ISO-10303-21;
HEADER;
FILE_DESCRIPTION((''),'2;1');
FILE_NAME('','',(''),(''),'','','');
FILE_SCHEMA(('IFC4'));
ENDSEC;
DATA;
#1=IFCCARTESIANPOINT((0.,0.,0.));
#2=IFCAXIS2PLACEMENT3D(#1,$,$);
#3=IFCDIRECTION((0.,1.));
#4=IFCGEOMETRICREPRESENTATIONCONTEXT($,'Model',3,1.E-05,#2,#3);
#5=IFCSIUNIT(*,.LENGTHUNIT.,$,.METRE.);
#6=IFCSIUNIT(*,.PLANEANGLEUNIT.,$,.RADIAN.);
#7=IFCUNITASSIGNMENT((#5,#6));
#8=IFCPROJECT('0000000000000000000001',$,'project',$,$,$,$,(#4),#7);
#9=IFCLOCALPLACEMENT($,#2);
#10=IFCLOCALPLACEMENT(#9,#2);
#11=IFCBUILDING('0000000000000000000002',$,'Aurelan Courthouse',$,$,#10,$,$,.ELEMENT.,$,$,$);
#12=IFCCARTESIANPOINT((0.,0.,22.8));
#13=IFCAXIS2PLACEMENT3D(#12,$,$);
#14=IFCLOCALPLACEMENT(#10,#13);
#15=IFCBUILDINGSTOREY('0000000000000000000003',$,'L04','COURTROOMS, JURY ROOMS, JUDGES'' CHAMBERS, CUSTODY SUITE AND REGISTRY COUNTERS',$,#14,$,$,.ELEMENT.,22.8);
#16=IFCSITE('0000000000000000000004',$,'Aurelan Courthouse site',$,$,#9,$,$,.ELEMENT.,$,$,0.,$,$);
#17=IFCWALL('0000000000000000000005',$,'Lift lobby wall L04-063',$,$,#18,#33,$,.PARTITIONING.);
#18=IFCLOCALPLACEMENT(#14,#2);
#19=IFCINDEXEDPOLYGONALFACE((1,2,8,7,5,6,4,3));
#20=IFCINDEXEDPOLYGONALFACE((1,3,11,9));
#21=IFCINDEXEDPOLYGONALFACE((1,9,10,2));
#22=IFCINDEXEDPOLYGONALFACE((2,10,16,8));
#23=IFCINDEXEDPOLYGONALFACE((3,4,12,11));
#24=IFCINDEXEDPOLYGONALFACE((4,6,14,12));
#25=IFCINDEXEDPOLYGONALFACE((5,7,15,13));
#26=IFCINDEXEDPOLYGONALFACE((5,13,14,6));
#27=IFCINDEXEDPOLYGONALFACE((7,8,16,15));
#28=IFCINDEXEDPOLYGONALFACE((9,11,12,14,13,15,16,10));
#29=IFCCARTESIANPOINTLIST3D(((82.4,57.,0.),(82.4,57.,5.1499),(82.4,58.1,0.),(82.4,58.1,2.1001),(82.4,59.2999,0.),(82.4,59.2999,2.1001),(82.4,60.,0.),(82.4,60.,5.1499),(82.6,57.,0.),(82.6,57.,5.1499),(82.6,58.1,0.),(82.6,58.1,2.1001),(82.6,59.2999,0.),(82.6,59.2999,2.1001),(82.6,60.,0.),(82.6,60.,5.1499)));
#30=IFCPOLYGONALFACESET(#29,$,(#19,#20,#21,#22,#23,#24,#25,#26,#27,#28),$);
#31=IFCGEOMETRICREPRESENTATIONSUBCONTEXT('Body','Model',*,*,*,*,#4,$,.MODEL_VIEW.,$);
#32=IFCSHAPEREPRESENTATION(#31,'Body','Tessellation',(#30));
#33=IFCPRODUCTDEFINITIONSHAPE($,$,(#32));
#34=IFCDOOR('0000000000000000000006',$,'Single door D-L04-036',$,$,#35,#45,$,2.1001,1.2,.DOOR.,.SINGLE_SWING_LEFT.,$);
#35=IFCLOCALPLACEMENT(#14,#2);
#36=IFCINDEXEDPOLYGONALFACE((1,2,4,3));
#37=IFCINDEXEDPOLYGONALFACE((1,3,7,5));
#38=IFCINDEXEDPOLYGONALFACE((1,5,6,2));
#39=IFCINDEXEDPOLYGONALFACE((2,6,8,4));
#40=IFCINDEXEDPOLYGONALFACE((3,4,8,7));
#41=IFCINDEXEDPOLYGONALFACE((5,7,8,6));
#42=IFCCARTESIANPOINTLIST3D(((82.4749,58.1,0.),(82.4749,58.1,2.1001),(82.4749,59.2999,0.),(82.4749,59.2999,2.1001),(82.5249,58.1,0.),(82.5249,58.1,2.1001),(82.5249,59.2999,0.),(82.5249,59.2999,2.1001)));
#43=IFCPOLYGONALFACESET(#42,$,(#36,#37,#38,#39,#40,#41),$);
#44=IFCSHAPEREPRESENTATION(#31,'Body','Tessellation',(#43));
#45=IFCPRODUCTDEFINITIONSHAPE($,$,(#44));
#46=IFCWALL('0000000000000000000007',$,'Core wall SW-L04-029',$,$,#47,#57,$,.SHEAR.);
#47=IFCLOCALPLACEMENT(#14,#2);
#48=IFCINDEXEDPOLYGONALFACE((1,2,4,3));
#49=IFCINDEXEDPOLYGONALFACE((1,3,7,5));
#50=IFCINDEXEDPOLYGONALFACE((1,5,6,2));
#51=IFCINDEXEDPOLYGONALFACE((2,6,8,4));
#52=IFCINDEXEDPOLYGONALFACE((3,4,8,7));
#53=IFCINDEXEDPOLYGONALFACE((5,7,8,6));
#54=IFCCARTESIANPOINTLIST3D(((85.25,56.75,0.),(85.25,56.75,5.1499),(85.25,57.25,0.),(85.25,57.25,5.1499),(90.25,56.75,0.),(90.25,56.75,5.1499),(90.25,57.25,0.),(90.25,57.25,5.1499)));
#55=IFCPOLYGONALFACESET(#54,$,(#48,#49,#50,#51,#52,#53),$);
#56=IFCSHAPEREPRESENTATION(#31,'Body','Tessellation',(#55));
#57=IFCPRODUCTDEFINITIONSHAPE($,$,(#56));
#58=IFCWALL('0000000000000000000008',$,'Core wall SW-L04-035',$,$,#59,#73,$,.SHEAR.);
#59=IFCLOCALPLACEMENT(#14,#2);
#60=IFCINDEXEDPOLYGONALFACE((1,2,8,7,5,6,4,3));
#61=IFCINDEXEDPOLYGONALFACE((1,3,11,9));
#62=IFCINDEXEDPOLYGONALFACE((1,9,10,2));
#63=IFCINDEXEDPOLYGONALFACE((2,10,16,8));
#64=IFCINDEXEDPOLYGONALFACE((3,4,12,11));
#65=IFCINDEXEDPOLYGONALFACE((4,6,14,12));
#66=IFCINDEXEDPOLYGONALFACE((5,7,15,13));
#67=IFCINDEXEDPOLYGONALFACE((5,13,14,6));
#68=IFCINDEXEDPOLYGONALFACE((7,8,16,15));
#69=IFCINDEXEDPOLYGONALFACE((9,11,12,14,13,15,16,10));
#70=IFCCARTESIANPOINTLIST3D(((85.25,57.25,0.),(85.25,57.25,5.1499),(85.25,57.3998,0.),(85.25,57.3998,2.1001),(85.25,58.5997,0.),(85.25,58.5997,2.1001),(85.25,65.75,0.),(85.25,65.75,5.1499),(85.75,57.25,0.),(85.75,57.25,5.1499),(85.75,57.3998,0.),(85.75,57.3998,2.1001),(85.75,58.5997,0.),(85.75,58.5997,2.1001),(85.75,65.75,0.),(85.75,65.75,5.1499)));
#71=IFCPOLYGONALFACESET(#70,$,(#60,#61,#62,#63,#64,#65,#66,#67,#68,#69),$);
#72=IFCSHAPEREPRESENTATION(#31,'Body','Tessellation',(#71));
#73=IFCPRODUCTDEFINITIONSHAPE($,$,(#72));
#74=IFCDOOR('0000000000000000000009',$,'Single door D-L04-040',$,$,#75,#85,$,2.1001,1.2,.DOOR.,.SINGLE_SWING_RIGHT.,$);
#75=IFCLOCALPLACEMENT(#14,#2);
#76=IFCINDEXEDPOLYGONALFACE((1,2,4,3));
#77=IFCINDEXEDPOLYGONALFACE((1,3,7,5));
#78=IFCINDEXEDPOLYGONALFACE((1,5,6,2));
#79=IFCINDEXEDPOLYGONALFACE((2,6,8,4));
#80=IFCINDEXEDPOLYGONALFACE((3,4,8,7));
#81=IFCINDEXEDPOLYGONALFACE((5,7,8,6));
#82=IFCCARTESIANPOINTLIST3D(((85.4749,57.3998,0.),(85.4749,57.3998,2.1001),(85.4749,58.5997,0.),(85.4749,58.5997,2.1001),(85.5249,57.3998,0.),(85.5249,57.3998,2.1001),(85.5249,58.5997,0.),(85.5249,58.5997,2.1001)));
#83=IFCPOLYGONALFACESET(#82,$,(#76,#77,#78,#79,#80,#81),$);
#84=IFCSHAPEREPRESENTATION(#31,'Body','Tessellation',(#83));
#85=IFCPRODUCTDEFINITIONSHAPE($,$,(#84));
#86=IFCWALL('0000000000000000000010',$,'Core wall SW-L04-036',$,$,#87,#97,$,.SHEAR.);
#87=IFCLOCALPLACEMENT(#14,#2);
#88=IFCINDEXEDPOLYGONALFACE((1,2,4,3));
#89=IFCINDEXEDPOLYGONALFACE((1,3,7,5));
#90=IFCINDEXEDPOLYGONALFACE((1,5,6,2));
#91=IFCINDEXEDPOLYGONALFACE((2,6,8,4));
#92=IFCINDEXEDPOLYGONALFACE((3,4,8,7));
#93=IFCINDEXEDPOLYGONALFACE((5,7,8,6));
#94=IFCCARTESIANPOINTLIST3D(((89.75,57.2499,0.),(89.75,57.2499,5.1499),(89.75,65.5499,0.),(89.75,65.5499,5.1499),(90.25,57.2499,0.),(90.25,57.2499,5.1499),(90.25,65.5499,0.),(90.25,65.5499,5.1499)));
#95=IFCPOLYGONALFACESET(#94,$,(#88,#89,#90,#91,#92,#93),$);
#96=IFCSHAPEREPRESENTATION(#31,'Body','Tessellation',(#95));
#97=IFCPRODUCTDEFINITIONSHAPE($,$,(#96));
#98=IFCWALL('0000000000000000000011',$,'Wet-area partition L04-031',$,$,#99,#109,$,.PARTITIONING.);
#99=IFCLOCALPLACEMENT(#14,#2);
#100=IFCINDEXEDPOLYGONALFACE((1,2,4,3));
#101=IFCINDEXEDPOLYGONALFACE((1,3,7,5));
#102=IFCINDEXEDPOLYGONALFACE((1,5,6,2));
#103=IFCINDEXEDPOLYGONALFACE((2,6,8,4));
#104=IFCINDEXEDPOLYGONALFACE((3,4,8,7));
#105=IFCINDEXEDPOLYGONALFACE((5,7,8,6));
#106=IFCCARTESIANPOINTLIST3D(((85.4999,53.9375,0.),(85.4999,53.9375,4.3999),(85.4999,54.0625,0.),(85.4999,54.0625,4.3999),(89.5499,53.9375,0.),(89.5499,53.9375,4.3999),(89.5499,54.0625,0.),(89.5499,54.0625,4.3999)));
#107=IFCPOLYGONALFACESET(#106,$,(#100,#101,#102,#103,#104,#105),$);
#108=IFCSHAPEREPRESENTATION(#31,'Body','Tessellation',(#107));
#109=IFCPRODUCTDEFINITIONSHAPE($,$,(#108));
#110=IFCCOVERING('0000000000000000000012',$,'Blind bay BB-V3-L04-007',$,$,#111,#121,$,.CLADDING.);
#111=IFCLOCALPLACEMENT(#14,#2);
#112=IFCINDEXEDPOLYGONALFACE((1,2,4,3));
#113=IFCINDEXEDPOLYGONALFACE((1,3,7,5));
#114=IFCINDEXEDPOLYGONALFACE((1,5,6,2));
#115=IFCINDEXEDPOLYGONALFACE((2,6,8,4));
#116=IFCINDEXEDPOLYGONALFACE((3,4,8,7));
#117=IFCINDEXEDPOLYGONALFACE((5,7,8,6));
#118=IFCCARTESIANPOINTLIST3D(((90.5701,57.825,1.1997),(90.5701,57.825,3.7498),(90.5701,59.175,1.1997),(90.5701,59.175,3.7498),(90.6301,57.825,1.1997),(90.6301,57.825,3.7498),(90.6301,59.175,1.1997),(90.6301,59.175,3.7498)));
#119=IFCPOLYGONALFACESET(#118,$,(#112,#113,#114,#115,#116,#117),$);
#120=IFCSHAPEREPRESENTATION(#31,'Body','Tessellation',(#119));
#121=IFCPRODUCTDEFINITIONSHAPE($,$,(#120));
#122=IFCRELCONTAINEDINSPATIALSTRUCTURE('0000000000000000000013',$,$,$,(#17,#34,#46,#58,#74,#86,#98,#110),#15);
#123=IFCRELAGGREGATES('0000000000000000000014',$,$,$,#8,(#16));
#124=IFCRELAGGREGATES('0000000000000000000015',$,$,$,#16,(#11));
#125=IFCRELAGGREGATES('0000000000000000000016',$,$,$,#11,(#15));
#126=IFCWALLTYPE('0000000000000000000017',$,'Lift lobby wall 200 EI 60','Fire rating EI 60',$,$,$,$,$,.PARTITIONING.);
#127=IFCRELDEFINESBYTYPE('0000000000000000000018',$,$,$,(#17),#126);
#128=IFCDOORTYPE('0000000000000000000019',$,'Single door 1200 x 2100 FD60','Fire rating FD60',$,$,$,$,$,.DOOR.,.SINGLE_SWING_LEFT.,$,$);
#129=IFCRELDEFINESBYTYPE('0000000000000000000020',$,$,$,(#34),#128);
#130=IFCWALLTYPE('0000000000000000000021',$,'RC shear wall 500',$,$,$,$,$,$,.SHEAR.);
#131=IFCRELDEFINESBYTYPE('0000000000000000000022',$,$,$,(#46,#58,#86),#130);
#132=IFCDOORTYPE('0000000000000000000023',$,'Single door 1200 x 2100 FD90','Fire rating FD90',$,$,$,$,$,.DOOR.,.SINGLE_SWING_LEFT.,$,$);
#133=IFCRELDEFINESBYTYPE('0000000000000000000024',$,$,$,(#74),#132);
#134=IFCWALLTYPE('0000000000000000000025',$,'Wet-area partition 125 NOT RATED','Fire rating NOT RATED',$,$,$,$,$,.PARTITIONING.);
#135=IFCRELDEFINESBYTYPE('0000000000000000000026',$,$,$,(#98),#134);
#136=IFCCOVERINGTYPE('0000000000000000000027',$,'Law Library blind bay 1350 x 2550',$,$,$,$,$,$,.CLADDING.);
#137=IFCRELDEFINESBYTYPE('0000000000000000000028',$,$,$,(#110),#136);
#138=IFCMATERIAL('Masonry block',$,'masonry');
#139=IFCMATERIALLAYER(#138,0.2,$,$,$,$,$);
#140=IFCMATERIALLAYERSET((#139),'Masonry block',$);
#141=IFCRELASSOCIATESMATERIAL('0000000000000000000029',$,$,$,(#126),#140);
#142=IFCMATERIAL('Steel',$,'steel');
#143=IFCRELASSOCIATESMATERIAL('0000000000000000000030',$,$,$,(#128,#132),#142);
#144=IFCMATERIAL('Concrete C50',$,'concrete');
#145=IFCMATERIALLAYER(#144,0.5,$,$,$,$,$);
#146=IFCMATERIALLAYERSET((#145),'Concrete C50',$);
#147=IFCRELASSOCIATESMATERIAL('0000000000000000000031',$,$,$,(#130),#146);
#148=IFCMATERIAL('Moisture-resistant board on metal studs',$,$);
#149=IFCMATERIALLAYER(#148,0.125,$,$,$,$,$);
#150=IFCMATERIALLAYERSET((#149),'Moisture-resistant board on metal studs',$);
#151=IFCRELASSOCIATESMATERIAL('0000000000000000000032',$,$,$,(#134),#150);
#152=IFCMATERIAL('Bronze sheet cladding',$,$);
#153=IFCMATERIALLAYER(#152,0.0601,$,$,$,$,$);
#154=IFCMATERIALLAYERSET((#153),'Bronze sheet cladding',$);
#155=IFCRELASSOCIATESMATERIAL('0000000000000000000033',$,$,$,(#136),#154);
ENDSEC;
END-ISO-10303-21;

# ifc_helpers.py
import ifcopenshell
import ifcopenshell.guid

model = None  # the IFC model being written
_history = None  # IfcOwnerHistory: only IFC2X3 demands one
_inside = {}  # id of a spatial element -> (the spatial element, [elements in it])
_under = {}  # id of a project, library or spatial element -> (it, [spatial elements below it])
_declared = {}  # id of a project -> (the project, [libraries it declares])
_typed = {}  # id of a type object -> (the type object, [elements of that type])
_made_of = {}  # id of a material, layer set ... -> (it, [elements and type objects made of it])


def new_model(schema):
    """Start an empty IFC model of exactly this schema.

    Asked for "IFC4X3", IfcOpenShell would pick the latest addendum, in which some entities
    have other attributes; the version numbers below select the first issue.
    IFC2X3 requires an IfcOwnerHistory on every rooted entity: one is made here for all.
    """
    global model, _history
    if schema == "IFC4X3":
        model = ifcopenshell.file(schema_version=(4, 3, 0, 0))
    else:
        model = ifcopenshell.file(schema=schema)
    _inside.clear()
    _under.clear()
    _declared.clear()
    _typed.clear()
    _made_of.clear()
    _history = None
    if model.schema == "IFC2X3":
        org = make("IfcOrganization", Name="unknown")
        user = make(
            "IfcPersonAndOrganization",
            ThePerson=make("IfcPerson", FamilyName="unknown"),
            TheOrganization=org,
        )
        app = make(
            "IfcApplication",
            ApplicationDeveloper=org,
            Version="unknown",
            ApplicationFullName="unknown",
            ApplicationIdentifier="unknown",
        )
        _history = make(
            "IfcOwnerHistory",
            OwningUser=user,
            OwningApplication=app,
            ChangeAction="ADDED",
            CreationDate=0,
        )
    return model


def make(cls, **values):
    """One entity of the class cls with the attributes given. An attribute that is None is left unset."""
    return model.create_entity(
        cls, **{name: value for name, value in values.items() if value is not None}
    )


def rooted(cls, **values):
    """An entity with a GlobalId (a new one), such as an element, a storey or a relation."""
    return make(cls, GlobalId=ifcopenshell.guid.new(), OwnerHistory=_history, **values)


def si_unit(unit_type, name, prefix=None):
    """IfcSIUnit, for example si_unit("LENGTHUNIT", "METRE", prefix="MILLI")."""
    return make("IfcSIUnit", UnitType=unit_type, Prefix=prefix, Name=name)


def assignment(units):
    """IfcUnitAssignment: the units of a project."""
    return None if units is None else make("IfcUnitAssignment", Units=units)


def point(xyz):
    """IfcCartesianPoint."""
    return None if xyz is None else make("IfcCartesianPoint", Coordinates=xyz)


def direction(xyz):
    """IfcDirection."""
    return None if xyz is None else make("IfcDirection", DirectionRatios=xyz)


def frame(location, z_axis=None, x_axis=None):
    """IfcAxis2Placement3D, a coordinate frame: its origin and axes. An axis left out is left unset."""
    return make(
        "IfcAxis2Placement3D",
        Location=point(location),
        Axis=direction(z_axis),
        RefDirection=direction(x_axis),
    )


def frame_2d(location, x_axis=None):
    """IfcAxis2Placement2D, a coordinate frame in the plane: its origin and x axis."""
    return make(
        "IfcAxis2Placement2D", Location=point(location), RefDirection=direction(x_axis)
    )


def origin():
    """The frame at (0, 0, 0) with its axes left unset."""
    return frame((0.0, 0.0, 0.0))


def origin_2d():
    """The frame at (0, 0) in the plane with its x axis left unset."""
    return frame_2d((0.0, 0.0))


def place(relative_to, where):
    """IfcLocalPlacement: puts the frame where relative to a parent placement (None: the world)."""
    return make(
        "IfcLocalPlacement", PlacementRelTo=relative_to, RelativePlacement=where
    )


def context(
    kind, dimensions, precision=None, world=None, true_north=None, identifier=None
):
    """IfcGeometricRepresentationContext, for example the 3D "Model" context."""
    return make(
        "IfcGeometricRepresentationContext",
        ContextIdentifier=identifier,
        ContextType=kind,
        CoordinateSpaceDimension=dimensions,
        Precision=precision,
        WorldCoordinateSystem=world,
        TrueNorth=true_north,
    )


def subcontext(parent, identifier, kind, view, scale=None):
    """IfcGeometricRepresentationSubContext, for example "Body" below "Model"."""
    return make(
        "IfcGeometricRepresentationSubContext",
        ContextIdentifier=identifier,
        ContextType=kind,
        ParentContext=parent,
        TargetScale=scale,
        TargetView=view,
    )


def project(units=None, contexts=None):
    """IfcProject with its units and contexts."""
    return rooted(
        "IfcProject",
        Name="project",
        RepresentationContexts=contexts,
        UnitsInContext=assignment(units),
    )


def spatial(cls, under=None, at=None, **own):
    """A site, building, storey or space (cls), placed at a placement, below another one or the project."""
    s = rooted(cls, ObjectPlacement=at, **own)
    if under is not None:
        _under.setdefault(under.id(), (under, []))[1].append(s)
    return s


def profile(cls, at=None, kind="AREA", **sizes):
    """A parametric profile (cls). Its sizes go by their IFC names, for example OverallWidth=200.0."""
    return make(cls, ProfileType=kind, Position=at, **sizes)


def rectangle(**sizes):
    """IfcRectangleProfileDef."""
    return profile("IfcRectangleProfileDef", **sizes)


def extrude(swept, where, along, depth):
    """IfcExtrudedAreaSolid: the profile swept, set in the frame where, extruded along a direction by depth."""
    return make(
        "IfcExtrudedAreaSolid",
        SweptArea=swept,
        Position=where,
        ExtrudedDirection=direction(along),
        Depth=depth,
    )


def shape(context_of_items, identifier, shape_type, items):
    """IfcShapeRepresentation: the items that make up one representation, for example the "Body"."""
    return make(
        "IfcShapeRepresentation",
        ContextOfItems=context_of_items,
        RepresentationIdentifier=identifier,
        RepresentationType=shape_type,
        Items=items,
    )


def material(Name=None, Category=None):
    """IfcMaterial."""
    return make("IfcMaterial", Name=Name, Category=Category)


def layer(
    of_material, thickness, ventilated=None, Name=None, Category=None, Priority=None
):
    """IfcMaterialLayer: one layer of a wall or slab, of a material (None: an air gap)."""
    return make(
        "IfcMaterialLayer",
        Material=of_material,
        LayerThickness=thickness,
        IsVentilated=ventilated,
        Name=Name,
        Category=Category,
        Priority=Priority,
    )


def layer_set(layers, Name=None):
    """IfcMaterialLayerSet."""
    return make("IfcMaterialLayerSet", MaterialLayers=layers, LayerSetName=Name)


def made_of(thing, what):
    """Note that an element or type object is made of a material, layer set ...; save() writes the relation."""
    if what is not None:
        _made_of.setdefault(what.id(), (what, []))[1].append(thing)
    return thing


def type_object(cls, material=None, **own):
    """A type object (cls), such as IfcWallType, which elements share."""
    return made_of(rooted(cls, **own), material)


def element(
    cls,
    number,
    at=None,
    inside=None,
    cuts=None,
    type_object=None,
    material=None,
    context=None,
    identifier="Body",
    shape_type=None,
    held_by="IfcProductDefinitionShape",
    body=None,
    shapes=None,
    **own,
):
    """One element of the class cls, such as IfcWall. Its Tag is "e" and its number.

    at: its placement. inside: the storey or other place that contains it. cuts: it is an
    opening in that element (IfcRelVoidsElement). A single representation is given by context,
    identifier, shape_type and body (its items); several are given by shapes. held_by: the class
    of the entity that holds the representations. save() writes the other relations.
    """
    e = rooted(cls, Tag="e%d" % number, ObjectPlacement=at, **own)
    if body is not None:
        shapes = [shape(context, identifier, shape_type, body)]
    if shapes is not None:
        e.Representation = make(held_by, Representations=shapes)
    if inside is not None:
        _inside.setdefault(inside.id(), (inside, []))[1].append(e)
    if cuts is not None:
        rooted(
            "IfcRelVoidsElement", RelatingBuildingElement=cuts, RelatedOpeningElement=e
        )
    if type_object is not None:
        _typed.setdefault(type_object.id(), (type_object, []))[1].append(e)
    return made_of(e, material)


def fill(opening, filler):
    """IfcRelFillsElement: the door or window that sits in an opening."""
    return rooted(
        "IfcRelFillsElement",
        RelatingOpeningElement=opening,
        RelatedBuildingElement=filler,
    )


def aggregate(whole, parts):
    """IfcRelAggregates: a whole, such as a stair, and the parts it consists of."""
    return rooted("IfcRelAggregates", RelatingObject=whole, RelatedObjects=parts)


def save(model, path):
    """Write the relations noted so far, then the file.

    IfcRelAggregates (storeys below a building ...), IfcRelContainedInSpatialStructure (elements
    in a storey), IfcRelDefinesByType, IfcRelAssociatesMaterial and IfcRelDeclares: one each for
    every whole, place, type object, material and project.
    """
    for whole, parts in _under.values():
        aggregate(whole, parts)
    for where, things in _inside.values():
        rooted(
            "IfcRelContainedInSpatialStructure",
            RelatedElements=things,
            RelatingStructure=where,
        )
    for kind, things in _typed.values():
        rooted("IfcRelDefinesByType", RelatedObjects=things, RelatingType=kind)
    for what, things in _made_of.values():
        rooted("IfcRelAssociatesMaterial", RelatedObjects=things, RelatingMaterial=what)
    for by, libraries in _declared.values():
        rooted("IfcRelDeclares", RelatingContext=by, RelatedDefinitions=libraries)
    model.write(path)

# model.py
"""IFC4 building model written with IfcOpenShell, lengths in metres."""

from ifc_helpers import new_model, si_unit, direction, frame, frame_2d, origin, origin_2d, place, context, subcontext, project, spatial, rectangle, extrude, material, layer, layer_set, type_object, element, fill, save


model = new_model("IFC4")

# Units and contexts
model_context = context("Model", 3, precision=1e-05, world=origin(), true_north=direction((0.0, 1.0)))
body_context = subcontext(model_context, "Body", "Model", "MODEL_VIEW")
ifc_project = project(units=[si_unit("LENGTHUNIT", "METRE"), si_unit("PLANEANGLEUNIT", "RADIAN")], contexts=[model_context])

# Site, building, storey
site_placement = place(None, origin())
site = spatial("IfcSite", under=ifc_project, at=site_placement, Name="Aurelan Courthouse site", CompositionType="ELEMENT", RefElevation=0.0)
building_placement = place(site_placement, origin())
building = spatial("IfcBuilding", under=site, at=building_placement, Name="Aurelan Courthouse", CompositionType="ELEMENT")
storey_placement = place(building_placement, frame((0.0, 0.0, 22.8)))
storey = spatial("IfcBuildingStorey", under=building, at=storey_placement, Name="L04", Description="COURTROOMS, JURY ROOMS, JUDGES' CHAMBERS, CUSTODY SUITE AND REGISTRY COUNTERS", CompositionType="ELEMENT", Elevation=22.8)

# Shared definitions
ifc_material_1 = material(Name="Concrete C50", Category="concrete")

# Shared definitions
ifc_material_2 = material(Name="Steel", Category="steel")

# Wall, opening, door
ifc_material_3 = material(Name="Masonry block", Category="masonry")
ifc_layer_1 = layer(ifc_material_3, 0.2)
ifc_layer_set_1 = layer_set([ifc_layer_1], Name="Masonry block")
wall_type_1 = type_object("IfcWallType", Name="Lift lobby wall 200 EI 60", Description="Fire rating EI 60", PredefinedType="PARTITIONING", material=ifc_layer_set_1)
door_type_1 = type_object("IfcDoorType", Name="Single door 1200 x 2100 FD60", Description="Fire rating FD60", OperationType="SINGLE_SWING_LEFT", PredefinedType="DOOR", material=ifc_material_2)
wall_1_placement = place(storey_placement, frame((82.5, 57.0, 0.0), z_axis=(0.0, 0.0, 1.0), x_axis=(0.0, 1.0, 0.0)))
wall_1 = element("IfcWall", 1, at=wall_1_placement, inside=storey, type_object=wall_type_1, Name="Lift lobby wall L04-063", PredefinedType="PARTITIONING", context=body_context, shape_type="SweptSolid", body=[
    extrude(rectangle(XDim=3.0, YDim=0.2, at=frame_2d((1.5, 0.0))), origin(), (0.0, 0.0, 1.0), 5.1499),
])
opening_1_placement = place(wall_1_placement, frame((2.3, 0.0, 0.0), z_axis=(0.0, 0.0, 1.0), x_axis=(-1.0, 0.0, 0.0)))
opening_1 = element("IfcOpeningElement", 2, at=opening_1_placement, cuts=wall_1, PredefinedType="OPENING", context=body_context, shape_type="SweptSolid", body=[
    extrude(rectangle(XDim=1.2, YDim=2.1001, at=frame_2d((0.6001, 1.05))), frame((0.0, 0.1099, 0.0), z_axis=(0.0, -1.0, 0.0), x_axis=(1.0, 0.0, 0.0)), (0.0, 0.0, 1.0), 0.22),
])
door_1_placement = place(opening_1_placement, origin())
door_1 = element("IfcDoor", 3, at=door_1_placement, inside=storey, type_object=door_type_1, Name="Single door D-L04-036", OperationType="SINGLE_SWING_LEFT", OverallHeight=2.1001, OverallWidth=1.2, PredefinedType="DOOR", context=body_context, shape_type="SweptSolid", body=[
    extrude(rectangle(XDim=1.2, YDim=2.1001, at=frame_2d((0.6001, 1.05))), frame((0.0, 0.0249, 0.0), z_axis=(0.0, -1.0, 0.0), x_axis=(1.0, 0.0, 0.0)), (0.0, 0.0, 1.0), 0.05),
])
fill(opening_1, door_1)

# Wall
ifc_layer_2 = layer(ifc_material_1, 0.5)
ifc_layer_set_2 = layer_set([ifc_layer_2], Name="Concrete C50")
wall_type_2 = type_object("IfcWallType", Name="RC shear wall 500", PredefinedType="SHEAR", material=ifc_layer_set_2)
wall_2_placement = place(storey_placement, frame((85.25, 57.0, 0.0), z_axis=(0.0, 0.0, 1.0), x_axis=(1.0, 0.0, 0.0)))
element("IfcWall", 4, at=wall_2_placement, inside=storey, type_object=wall_type_2, Name="Core wall SW-L04-029", PredefinedType="SHEAR", context=body_context, shape_type="SweptSolid", body=[
    extrude(rectangle(XDim=5.0, YDim=0.5, at=frame_2d((2.5, 0.0))), origin(), (0.0, 0.0, 1.0), 5.1499),
])

# Wall, opening, door
wall_3_placement = place(storey_placement, frame((85.5, 57.25, 0.0), z_axis=(0.0, 0.0, 1.0), x_axis=(0.0, 1.0, 0.0)))
wall_3 = element("IfcWall", 5, at=wall_3_placement, inside=storey, type_object=wall_type_2, Name="Core wall SW-L04-035", PredefinedType="SHEAR", context=body_context, shape_type="SweptSolid", body=[
    extrude(rectangle(XDim=8.5, YDim=0.5, at=frame_2d((4.25, 0.0))), origin(), (0.0, 0.0, 1.0), 5.1499),
])
opening_2_placement = place(wall_3_placement, frame((1.3499, 0.0, 0.0), z_axis=(0.0, 0.0, 1.0), x_axis=(-1.0, 0.0, 0.0)))
opening_2 = element("IfcOpeningElement", 6, at=opening_2_placement, cuts=wall_3, PredefinedType="OPENING", context=body_context, shape_type="SweptSolid", body=[
    extrude(rectangle(XDim=1.2, YDim=2.1001, at=frame_2d((0.6001, 1.05))), frame((0.0, 0.26, 0.0), z_axis=(0.0, -1.0, 0.0), x_axis=(1.0, 0.0, 0.0)), (0.0, 0.0, 1.0), 0.52),
])
door_type_2 = type_object("IfcDoorType", Name="Single door 1200 x 2100 FD90", Description="Fire rating FD90", OperationType="SINGLE_SWING_LEFT", PredefinedType="DOOR", material=ifc_material_2)
door_2_placement = place(opening_2_placement, origin())
door_2 = element("IfcDoor", 7, at=door_2_placement, inside=storey, type_object=door_type_2, Name="Single door D-L04-040", OperationType="SINGLE_SWING_RIGHT", OverallHeight=2.1001, OverallWidth=1.2, PredefinedType="DOOR", context=body_context, shape_type="SweptSolid", body=[
    extrude(rectangle(XDim=1.2, YDim=2.1001, at=frame_2d((0.6001, 1.05))), frame((0.0, 0.0249, 0.0), z_axis=(0.0, -1.0, 0.0), x_axis=(1.0, 0.0, 0.0)), (0.0, 0.0, 1.0), 0.05),
])
fill(opening_2, door_2)

# Walls
wall_4_placement = place(storey_placement, frame((90.0, 57.25, 0.0), z_axis=(0.0, 0.0, 1.0), x_axis=(0.0, 1.0, 0.0)))
element("IfcWall", 8, at=wall_4_placement, inside=storey, type_object=wall_type_2, Name="Core wall SW-L04-036", PredefinedType="SHEAR", context=body_context, shape_type="SweptSolid", body=[
    extrude(rectangle(XDim=8.3, YDim=0.5, at=frame_2d((4.1499, 0.0))), origin(), (0.0, 0.0, 1.0), 5.1499),
])
ifc_material_4 = material(Name="Moisture-resistant board on metal studs")
ifc_layer_3 = layer(ifc_material_4, 0.125)
ifc_layer_set_3 = layer_set([ifc_layer_3], Name="Moisture-resistant board on metal studs")
wall_type_3 = type_object("IfcWallType", Name="Wet-area partition 125 NOT RATED", Description="Fire rating NOT RATED", PredefinedType="PARTITIONING", material=ifc_layer_set_3)
wall_5_placement = place(storey_placement, frame((85.5, 54.0, 0.0), z_axis=(0.0, 0.0, 1.0), x_axis=(1.0, 0.0, 0.0)))
element("IfcWall", 9, at=wall_5_placement, inside=storey, type_object=wall_type_3, Name="Wet-area partition L04-031", PredefinedType="PARTITIONING", context=body_context, shape_type="SweptSolid", body=[
    extrude(rectangle(XDim=4.05, YDim=0.125, at=frame_2d((2.0249, 0.0))), origin(), (0.0, 0.0, 1.0), 4.3999),
])

# Covering
ifc_material_5 = material(Name="Bronze sheet cladding")
ifc_layer_4 = layer(ifc_material_5, 0.0601)
ifc_layer_set_4 = layer_set([ifc_layer_4], Name="Bronze sheet cladding")
covering_type = type_object("IfcCoveringType", Name="Law Library blind bay 1350 x 2550", PredefinedType="CLADDING", material=ifc_layer_set_4)
covering_placement = place(storey_placement, frame((90.6001, 58.5, 1.1997), z_axis=(0.0, 0.0, 1.0), x_axis=(1.0, 0.0, 0.0)))
element("IfcCovering", 10, at=covering_placement, inside=storey, type_object=covering_type, Name="Blind bay BB-V3-L04-007", PredefinedType="CLADDING", context=body_context, shape_type="SweptSolid", body=[
    extrude(rectangle(XDim=0.0601, YDim=1.3501, at=origin_2d()), origin(), (0.0, 0.0, 1.0), 2.55),
])

save(model, "model.ifc")
